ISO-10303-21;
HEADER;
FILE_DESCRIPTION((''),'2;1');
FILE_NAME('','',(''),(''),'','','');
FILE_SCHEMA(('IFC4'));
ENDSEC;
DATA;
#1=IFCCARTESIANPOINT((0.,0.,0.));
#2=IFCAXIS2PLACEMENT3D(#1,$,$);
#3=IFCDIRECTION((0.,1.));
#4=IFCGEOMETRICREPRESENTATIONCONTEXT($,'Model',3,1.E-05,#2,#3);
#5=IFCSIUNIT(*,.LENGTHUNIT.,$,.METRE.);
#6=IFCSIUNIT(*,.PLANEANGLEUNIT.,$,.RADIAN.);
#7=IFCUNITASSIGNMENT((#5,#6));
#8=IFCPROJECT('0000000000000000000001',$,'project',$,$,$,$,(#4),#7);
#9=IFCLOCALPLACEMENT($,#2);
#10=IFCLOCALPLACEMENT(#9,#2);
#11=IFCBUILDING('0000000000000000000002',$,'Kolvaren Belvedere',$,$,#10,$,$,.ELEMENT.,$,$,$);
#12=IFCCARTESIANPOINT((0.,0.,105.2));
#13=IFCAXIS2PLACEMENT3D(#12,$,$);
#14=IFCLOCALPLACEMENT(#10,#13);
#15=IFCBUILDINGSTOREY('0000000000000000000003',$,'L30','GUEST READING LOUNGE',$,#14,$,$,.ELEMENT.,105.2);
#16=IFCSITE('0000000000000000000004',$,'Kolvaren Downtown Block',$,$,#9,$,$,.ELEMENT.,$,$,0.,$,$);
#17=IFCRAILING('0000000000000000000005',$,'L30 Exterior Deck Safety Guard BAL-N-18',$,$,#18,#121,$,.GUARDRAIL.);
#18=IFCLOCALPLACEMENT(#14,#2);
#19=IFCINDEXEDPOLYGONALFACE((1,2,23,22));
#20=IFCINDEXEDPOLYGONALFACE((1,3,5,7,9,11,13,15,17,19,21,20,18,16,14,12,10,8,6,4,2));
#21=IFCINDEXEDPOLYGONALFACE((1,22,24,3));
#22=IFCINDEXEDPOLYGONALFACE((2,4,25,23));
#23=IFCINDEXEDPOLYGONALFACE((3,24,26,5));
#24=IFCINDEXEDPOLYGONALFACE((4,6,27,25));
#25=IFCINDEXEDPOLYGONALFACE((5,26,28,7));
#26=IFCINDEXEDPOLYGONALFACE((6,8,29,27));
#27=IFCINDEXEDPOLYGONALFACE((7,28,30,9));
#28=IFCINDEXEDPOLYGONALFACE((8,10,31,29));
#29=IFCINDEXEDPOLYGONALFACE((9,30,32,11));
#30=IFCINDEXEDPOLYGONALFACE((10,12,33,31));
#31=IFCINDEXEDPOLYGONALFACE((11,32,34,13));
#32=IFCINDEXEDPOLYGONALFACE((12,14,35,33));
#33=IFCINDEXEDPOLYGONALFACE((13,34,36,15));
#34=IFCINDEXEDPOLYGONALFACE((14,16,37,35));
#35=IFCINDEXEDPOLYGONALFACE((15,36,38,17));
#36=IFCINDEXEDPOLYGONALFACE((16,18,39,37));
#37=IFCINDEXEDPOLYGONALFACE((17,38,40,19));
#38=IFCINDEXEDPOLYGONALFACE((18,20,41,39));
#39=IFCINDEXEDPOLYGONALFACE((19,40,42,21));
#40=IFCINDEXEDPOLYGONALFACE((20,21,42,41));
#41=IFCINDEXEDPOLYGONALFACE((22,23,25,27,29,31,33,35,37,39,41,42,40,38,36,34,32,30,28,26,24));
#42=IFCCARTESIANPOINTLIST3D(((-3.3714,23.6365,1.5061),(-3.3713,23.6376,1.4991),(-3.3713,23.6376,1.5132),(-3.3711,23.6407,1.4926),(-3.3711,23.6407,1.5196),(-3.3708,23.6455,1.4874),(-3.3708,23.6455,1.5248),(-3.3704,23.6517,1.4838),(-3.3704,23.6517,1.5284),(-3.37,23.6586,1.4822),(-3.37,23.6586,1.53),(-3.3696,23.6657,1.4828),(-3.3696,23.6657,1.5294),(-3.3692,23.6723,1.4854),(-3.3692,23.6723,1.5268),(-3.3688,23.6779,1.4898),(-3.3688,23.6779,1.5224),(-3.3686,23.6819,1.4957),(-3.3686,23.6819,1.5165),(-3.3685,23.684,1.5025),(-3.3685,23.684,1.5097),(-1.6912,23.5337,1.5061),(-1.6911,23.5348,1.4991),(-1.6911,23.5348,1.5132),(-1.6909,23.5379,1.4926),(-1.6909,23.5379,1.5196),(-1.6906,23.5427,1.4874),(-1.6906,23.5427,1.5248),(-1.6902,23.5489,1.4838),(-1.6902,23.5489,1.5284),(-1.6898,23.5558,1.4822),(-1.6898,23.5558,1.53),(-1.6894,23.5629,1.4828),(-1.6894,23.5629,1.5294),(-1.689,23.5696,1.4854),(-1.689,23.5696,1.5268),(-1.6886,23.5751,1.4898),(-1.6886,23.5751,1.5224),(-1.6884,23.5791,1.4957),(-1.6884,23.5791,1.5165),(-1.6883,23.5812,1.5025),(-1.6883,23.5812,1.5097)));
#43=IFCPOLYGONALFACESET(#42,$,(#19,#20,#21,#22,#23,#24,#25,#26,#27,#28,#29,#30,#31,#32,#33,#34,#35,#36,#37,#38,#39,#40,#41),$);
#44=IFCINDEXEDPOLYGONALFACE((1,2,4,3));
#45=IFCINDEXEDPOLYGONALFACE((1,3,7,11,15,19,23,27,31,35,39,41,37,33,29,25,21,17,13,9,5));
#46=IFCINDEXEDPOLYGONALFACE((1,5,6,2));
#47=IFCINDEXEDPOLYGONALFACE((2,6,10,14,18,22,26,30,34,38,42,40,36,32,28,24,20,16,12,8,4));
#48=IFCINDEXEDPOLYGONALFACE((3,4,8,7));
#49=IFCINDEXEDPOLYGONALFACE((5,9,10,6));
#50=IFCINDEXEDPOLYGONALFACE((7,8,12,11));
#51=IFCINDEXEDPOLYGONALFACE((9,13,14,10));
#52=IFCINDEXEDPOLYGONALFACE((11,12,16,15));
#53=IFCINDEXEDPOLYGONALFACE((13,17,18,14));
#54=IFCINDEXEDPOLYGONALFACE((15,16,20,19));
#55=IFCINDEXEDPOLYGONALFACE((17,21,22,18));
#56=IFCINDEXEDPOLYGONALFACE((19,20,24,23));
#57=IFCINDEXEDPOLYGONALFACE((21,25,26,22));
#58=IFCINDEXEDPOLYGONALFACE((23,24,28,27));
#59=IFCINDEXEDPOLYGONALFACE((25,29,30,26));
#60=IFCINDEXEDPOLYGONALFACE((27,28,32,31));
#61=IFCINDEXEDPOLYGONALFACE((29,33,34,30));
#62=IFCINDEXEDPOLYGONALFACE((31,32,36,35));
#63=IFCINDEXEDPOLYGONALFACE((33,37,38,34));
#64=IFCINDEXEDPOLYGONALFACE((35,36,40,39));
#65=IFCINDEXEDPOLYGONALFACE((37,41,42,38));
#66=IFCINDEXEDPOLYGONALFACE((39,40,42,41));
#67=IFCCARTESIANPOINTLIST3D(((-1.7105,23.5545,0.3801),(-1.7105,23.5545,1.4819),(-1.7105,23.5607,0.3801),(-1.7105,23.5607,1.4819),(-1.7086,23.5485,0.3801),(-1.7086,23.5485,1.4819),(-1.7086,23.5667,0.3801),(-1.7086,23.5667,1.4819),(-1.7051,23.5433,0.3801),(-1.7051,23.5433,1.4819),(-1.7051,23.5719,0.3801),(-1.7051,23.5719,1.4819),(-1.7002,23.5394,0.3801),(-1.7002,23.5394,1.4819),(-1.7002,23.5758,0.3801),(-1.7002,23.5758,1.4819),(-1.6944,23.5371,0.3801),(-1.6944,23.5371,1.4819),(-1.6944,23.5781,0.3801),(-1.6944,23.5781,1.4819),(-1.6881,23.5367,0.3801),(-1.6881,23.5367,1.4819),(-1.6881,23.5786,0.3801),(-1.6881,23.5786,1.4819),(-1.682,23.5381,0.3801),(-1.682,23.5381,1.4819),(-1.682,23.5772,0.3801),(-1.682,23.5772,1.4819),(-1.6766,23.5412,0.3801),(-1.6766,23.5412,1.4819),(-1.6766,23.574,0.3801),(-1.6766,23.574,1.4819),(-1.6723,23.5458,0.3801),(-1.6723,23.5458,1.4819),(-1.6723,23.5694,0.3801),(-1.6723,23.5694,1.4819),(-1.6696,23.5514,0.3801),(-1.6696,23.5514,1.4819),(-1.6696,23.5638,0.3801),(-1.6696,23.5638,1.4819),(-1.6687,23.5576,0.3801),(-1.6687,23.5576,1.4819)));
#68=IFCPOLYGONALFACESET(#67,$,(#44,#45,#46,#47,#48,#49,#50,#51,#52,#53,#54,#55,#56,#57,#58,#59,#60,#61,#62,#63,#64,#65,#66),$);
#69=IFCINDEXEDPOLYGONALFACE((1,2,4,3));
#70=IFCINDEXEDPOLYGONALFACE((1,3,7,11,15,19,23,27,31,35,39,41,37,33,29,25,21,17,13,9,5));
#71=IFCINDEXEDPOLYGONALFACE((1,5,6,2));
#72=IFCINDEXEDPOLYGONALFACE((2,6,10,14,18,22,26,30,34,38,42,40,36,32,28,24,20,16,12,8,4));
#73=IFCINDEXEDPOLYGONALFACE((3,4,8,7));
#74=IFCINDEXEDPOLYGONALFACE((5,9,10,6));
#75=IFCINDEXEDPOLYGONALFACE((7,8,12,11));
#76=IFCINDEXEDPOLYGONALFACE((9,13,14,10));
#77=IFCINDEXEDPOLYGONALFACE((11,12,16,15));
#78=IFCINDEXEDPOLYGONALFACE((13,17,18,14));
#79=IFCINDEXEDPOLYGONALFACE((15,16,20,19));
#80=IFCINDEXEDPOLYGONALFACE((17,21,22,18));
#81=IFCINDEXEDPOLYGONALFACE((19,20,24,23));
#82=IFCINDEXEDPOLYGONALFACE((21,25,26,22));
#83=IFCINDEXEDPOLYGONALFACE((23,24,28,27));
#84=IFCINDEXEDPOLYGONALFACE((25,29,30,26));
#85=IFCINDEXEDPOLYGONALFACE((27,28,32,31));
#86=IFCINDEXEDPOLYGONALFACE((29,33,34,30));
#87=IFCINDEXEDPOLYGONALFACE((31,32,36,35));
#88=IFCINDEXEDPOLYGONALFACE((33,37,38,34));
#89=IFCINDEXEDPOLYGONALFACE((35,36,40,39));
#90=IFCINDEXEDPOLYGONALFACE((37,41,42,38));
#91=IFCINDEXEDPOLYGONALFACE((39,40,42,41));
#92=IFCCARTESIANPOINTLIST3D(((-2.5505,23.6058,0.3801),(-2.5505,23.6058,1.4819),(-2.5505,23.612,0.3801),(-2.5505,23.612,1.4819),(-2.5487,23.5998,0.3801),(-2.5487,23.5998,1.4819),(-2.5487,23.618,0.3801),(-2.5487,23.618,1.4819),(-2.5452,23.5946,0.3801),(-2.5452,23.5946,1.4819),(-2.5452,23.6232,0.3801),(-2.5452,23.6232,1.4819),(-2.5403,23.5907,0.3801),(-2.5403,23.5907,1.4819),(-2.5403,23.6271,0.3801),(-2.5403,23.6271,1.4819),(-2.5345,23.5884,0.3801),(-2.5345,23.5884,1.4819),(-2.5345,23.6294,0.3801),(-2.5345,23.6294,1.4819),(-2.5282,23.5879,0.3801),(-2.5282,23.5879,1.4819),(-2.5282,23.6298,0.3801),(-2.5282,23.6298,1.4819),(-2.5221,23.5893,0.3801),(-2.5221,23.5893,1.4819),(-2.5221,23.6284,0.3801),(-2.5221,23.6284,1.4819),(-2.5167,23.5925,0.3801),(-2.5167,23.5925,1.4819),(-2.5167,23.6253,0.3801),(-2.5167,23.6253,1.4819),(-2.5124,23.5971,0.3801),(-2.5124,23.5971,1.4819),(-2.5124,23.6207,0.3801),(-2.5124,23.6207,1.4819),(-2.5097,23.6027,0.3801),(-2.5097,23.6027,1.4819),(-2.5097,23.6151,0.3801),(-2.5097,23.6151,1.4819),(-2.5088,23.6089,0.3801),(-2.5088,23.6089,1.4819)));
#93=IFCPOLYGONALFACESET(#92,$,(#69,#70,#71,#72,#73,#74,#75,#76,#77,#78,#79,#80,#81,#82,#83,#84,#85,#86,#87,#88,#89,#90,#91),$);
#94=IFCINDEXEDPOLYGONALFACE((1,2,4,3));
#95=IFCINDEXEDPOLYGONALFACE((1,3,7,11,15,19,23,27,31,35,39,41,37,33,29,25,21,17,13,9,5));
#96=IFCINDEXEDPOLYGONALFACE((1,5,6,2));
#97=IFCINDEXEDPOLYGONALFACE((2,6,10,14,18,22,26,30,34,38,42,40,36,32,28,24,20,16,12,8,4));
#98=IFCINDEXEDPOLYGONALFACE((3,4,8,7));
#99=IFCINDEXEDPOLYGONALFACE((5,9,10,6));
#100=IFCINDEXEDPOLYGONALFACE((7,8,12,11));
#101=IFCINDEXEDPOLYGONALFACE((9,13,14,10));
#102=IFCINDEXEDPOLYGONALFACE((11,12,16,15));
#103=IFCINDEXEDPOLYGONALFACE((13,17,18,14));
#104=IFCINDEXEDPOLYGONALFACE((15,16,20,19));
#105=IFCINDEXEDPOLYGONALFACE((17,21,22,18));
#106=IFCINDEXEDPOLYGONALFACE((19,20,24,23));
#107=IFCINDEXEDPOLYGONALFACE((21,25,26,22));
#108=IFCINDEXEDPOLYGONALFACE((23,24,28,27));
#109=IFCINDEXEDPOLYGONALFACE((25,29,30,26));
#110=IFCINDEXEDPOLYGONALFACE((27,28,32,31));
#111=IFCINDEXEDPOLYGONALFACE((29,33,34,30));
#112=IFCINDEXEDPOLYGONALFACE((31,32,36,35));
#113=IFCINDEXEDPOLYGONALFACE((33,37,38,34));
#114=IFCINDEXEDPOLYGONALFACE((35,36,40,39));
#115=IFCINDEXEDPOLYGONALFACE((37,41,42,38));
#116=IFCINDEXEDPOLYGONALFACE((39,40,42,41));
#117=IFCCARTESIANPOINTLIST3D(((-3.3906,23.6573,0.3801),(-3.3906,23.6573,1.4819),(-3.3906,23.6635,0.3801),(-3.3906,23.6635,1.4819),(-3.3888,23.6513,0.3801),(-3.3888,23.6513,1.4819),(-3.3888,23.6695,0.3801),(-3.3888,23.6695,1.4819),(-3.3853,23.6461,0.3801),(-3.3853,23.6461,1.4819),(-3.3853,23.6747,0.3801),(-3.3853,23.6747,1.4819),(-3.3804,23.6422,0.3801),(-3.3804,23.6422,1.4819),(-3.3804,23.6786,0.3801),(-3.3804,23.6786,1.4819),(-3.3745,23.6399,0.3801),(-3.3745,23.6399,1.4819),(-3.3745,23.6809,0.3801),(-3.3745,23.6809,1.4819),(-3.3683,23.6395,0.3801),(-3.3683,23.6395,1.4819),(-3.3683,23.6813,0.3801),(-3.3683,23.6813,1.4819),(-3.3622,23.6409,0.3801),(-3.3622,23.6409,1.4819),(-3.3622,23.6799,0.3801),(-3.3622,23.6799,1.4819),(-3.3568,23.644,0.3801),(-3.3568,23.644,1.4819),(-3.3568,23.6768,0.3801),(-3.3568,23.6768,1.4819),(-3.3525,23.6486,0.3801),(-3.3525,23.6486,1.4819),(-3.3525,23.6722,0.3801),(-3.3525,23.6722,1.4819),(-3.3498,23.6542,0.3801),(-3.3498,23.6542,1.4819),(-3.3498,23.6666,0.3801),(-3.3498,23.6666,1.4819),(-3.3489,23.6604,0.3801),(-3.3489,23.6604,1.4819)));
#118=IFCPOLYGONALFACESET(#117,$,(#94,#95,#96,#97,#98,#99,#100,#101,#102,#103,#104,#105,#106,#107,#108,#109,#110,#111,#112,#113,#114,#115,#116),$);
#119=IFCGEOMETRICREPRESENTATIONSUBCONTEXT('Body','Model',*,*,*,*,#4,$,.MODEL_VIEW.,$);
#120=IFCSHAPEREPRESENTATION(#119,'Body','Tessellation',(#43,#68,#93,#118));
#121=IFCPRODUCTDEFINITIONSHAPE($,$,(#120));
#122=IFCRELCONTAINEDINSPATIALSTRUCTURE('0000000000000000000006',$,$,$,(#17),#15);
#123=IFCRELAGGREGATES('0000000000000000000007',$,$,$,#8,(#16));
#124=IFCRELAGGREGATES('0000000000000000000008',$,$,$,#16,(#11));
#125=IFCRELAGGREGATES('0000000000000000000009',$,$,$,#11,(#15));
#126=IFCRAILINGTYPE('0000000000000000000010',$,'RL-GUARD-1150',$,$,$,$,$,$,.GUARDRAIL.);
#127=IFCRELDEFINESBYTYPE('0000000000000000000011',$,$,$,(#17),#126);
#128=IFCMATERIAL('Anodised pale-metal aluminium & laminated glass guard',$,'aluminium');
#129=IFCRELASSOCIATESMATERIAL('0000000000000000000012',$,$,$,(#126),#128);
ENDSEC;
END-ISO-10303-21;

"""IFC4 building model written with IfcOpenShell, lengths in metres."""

from ifc_helpers import new_model, si_unit, direction, frame, origin, origin_2d, place, context, subcontext, project, spatial, circle, extrude, material, type_object, element, save


model = new_model("IFC4")

# Units and contexts
model_context = context("Model", 3, precision=1e-05, world=origin(), true_north=direction((0.0, 1.0)))
body_context = subcontext(model_context, "Body", "Model", "MODEL_VIEW")
ifc_project = project(units=[si_unit("LENGTHUNIT", "METRE"), si_unit("PLANEANGLEUNIT", "RADIAN")], contexts=[model_context])

# Site, building, storey
site_placement = place(None, origin())
site = spatial("IfcSite", under=ifc_project, at=site_placement, Name="Kolvaren Downtown Block", CompositionType="ELEMENT", RefElevation=0.0)
building_placement = place(site_placement, origin())
building = spatial("IfcBuilding", under=site, at=building_placement, Name="Kolvaren Belvedere", CompositionType="ELEMENT")
storey_placement = place(building_placement, frame((0.0, 0.0, 105.2)))
storey = spatial("IfcBuildingStorey", under=building, at=storey_placement, Name="L30", Description="GUEST READING LOUNGE", CompositionType="ELEMENT", Elevation=105.2)

# Railing
ifc_material_1 = material(Name="Anodised pale-metal aluminium & laminated glass guard", Category="aluminium")
railing_type = type_object("IfcRailingType", Name="RL-GUARD-1150", PredefinedType="GUARDRAIL", material=ifc_material_1)
railing_1_placement = place(storey_placement, frame((-1.6897, 23.5576, 0.3801)))
element("IfcRailing", 1, at=railing_1_placement, inside=storey, type_object=railing_type, Name="L30 Exterior Deck Safety Guard BAL-N-18", PredefinedType="GUARDRAIL", context=body_context, shape_type="SweptSolid", body=[
    extrude(circle(Radius=0.0239, at=origin_2d()), frame((0.0, 0.0, 1.126), z_axis=(-0.998134, 0.06106, 0.0), x_axis=(-0.06106, -0.998134, 0.0)), (0.0, 0.0, 1.0), 1.6833),
    extrude(circle(Radius=0.021, at=origin_2d()), origin(), (0.0, 0.0, 1.0), 1.1018),
    extrude(circle(Radius=0.021, at=origin_2d()), frame((-0.8401, 0.0513, 0.0)), (0.0, 0.0, 1.0), 1.1018),
    extrude(circle(Radius=0.021, at=origin_2d()), frame((-1.6802, 0.1028, 0.0)), (0.0, 0.0, 1.0), 1.1018),
])

save(model, "model.ifc")
